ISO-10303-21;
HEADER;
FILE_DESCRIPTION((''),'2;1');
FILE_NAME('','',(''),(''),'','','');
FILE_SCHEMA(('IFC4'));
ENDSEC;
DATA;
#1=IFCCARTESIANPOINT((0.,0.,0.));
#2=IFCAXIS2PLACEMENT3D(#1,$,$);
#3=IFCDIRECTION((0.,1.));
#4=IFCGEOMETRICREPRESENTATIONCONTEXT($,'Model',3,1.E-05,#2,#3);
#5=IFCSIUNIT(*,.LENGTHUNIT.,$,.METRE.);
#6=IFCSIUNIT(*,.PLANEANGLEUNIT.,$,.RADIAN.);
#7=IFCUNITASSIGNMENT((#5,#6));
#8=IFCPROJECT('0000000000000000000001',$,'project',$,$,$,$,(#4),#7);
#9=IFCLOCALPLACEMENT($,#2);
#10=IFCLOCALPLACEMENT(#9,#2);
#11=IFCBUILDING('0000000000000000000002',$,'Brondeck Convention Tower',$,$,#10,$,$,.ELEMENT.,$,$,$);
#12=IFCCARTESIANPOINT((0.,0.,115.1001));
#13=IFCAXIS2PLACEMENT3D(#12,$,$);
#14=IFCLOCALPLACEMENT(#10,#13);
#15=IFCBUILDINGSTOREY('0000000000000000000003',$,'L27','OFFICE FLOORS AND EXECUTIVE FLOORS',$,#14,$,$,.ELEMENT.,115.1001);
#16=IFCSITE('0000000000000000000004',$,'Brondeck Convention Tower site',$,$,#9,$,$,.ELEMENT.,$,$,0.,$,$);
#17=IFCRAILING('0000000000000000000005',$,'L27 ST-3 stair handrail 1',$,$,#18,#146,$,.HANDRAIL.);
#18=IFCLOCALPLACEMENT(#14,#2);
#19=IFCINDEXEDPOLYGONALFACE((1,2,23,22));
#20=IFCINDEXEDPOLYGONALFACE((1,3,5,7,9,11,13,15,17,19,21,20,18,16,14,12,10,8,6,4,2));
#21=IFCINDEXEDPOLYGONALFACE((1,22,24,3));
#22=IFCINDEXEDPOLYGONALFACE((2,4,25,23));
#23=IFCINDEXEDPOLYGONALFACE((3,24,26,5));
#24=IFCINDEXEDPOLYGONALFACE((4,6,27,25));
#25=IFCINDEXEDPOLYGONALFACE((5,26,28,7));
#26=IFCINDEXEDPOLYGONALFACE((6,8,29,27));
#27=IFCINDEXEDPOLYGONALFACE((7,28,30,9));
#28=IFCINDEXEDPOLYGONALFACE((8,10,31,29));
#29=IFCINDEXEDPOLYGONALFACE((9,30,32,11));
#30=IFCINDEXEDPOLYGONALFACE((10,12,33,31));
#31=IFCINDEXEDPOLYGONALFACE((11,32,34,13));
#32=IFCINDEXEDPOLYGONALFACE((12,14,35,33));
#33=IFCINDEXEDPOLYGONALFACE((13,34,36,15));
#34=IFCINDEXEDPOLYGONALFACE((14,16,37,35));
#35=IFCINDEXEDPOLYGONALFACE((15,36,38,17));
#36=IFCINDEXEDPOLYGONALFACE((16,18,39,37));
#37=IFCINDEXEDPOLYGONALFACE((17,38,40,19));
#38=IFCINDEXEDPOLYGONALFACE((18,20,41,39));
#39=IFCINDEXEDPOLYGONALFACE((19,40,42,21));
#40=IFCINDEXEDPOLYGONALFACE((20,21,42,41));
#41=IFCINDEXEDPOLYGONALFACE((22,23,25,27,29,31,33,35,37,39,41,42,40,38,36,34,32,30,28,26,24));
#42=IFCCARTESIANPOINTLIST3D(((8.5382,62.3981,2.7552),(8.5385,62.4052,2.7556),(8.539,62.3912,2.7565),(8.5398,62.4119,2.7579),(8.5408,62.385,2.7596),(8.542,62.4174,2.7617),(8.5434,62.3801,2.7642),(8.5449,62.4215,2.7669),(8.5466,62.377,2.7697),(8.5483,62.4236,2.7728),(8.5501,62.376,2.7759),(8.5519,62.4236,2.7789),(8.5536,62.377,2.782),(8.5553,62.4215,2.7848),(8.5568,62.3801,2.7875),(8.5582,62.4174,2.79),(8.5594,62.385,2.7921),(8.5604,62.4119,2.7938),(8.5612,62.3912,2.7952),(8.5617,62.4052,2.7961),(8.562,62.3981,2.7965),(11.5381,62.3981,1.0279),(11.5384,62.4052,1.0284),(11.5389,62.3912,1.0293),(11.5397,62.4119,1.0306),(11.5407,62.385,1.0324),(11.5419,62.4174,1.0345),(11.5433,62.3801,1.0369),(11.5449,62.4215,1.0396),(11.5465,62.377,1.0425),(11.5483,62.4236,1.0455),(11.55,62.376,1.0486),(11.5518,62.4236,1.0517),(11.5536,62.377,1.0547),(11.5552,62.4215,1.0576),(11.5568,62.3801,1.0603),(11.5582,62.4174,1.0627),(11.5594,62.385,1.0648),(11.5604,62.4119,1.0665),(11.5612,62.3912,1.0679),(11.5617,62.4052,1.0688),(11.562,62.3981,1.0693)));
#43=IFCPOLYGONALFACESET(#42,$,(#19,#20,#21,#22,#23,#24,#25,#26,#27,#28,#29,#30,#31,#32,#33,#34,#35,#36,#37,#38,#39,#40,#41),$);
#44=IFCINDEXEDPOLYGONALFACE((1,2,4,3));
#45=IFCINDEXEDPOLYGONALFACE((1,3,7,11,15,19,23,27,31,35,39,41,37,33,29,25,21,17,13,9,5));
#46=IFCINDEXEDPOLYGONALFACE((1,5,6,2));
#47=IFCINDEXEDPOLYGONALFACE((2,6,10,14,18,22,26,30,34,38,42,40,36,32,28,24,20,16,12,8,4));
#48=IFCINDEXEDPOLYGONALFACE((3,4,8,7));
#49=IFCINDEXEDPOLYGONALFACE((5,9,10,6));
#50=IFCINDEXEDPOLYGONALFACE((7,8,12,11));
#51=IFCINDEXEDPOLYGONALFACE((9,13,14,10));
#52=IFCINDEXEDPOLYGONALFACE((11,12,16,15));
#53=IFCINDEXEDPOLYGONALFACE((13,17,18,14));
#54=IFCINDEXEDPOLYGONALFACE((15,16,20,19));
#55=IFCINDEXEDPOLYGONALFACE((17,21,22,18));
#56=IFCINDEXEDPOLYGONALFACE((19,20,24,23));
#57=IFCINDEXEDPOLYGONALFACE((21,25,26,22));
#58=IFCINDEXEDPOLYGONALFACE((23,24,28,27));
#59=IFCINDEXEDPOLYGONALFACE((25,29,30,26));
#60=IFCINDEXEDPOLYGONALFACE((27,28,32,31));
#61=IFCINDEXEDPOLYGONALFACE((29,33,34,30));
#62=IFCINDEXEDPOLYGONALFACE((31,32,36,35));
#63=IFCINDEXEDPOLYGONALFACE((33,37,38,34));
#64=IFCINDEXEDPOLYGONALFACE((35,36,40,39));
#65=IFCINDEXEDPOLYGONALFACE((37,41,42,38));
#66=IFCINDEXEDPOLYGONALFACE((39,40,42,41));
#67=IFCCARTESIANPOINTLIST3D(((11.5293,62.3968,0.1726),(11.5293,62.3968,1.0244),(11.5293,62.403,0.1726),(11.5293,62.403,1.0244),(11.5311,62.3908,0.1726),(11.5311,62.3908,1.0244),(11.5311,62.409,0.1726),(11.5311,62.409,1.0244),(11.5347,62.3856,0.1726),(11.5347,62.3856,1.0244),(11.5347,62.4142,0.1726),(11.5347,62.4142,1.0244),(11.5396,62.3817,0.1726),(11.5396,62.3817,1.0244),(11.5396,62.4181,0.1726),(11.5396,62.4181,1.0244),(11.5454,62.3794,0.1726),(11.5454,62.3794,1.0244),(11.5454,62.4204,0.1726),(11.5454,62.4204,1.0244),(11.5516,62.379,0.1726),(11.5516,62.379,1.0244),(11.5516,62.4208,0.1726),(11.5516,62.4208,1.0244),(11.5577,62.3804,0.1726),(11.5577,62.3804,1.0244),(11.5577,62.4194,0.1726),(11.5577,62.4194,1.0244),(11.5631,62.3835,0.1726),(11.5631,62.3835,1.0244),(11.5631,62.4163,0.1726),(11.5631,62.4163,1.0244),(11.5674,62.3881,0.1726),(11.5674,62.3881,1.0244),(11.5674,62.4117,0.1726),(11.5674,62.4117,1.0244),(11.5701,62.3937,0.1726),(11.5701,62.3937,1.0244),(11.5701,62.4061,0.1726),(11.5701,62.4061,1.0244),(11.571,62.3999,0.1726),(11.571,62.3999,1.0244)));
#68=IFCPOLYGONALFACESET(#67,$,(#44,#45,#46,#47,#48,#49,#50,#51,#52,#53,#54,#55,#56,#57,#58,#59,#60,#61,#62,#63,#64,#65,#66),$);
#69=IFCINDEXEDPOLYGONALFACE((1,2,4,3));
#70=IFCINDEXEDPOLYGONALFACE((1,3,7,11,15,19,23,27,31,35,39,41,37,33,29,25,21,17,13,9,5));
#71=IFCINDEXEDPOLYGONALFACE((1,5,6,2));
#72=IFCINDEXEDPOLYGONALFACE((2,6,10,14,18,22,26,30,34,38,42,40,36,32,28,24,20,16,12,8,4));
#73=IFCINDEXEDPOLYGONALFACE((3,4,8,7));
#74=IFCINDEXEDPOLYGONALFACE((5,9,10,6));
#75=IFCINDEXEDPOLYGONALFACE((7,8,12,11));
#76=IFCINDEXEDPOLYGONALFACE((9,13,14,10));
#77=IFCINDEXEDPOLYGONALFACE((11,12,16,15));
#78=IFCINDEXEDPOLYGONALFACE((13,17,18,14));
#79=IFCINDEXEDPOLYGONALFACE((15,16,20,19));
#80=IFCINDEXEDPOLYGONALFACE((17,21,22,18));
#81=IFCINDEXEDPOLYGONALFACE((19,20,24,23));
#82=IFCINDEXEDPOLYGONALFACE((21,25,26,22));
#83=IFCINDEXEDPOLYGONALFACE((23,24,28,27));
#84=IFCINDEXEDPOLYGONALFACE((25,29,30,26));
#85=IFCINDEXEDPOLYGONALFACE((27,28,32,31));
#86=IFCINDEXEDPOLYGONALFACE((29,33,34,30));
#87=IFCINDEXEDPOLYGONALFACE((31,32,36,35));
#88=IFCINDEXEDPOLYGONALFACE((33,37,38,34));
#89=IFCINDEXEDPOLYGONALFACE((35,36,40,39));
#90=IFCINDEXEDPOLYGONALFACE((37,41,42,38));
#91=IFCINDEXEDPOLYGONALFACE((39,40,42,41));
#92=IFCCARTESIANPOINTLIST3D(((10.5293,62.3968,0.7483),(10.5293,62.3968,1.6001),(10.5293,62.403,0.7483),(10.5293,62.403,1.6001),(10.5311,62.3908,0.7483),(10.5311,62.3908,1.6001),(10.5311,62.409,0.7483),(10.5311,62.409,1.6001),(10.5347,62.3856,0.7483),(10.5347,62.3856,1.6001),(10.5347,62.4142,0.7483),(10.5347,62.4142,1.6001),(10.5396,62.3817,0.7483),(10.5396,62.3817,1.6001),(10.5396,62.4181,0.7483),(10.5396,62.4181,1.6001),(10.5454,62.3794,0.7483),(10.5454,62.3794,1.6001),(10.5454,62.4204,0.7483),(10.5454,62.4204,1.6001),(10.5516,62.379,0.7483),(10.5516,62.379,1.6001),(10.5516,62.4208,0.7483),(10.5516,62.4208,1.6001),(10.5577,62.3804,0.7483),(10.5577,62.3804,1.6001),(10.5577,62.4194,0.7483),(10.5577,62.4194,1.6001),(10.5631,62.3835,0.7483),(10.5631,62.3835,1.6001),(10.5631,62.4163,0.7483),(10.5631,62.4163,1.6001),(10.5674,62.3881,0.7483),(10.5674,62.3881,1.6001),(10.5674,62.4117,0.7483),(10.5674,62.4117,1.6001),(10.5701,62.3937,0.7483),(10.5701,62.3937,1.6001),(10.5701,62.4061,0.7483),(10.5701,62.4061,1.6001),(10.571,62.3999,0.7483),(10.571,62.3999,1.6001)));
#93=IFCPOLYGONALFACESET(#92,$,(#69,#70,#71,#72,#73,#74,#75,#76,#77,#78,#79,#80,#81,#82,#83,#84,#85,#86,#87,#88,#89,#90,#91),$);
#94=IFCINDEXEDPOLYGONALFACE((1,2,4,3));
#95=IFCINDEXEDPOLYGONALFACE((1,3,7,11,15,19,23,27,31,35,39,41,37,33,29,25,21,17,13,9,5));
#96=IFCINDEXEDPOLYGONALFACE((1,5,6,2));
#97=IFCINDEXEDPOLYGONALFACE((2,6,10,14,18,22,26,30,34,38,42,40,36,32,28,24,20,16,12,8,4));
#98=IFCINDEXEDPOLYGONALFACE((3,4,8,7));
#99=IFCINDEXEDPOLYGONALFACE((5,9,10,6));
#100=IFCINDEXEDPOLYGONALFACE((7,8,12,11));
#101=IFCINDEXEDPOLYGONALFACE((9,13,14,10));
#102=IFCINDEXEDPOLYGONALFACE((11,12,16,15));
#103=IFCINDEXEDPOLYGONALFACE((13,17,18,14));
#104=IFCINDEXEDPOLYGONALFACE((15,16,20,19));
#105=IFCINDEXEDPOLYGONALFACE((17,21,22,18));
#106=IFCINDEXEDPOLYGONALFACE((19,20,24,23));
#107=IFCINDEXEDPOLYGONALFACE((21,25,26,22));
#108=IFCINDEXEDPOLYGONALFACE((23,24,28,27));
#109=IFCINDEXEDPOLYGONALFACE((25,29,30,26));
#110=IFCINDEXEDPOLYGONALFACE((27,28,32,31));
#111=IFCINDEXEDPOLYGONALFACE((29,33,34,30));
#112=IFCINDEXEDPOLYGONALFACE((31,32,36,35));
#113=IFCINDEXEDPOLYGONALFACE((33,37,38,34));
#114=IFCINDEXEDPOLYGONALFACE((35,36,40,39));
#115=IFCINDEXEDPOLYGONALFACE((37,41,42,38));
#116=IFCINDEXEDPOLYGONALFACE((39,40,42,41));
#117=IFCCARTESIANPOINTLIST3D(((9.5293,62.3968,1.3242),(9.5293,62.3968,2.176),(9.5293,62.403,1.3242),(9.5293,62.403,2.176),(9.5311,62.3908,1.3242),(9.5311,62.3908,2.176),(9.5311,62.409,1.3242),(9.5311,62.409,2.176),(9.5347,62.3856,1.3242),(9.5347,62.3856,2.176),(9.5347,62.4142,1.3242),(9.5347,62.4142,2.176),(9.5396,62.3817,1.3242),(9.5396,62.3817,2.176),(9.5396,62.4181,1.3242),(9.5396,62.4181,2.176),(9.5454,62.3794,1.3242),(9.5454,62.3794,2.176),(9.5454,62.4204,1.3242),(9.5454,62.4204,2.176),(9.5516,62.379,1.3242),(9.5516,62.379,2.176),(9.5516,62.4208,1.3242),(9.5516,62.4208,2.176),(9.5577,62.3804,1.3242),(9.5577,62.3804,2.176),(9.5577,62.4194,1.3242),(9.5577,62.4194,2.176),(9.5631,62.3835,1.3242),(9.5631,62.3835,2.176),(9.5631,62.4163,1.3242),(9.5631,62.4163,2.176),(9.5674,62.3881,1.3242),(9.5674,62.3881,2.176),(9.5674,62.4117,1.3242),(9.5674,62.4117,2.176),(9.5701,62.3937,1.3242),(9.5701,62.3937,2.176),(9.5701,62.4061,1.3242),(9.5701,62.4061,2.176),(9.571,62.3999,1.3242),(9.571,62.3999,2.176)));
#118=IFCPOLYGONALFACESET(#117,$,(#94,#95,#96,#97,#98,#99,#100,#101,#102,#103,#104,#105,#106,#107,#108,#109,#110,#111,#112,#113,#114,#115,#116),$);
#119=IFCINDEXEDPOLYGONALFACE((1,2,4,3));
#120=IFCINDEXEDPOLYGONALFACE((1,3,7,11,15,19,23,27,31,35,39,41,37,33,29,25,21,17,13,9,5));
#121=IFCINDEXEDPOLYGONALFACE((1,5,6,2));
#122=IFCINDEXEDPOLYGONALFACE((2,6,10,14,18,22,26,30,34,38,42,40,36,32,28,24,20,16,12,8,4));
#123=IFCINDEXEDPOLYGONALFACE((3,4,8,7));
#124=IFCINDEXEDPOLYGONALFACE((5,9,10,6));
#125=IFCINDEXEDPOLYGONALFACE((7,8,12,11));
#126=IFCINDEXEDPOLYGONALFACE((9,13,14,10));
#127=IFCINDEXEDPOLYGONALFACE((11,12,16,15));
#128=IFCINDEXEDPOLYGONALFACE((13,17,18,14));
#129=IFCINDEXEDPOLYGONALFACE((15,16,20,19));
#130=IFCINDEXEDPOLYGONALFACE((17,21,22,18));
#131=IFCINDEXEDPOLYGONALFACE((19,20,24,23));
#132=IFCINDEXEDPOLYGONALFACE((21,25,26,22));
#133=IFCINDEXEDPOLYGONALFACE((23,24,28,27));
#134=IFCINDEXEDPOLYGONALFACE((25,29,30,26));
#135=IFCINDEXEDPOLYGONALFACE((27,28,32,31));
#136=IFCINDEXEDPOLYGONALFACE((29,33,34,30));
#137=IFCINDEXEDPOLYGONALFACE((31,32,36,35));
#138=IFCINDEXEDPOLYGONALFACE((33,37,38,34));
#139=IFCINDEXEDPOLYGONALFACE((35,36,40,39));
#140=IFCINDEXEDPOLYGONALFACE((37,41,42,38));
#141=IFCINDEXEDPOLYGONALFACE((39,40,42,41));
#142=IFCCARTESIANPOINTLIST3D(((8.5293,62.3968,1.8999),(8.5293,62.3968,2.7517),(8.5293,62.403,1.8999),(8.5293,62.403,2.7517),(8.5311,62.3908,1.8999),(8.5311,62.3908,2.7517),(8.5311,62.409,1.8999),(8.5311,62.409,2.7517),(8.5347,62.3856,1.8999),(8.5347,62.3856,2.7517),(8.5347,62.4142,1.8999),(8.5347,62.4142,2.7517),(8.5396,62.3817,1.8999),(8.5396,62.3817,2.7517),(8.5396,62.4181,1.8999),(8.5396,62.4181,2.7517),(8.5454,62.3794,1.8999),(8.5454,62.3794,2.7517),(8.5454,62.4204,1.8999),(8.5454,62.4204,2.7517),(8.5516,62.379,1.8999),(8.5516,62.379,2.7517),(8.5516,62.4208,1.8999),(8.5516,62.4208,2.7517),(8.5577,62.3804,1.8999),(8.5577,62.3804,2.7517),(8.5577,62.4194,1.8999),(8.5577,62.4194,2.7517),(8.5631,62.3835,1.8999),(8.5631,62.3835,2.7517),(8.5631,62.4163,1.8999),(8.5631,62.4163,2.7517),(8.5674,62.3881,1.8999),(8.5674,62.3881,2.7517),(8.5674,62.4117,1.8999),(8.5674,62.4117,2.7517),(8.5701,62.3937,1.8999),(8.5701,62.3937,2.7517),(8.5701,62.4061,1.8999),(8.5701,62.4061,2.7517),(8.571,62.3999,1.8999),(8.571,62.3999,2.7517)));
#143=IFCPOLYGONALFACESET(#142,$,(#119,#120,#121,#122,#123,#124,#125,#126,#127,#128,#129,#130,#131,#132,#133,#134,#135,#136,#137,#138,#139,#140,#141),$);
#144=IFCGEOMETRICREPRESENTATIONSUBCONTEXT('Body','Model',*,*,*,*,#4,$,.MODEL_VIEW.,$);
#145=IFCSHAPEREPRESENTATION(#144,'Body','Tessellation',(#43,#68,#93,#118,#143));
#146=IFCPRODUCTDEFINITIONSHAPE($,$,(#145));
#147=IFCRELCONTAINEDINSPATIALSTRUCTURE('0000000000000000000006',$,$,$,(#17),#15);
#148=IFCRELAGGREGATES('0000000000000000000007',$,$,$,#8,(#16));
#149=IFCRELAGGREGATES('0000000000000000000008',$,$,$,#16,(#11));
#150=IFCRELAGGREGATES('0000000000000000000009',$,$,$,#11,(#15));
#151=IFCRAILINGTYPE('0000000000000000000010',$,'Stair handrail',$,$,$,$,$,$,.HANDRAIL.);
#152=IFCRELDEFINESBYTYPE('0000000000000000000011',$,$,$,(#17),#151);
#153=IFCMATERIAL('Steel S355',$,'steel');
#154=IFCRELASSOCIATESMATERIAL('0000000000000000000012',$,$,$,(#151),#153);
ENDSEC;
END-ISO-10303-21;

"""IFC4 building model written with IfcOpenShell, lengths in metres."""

from ifc_helpers import new_model, si_unit, direction, frame, origin, origin_2d, place, context, subcontext, project, spatial, circle, extrude, material, type_object, element, save


model = new_model("IFC4")

# Units and contexts
model_context = context("Model", 3, precision=1e-05, world=origin(), true_north=direction((0.0, 1.0)))
body_context = subcontext(model_context, "Body", "Model", "MODEL_VIEW")
ifc_project = project(units=[si_unit("LENGTHUNIT", "METRE"), si_unit("PLANEANGLEUNIT", "RADIAN")], contexts=[model_context])

# Site, building, storey
site_placement = place(None, origin())
site = spatial("IfcSite", under=ifc_project, at=site_placement, Name="Brondeck Convention Tower site", CompositionType="ELEMENT", RefElevation=0.0)
building_placement = place(site_placement, origin())
building = spatial("IfcBuilding", under=site, at=building_placement, Name="Brondeck Convention Tower", CompositionType="ELEMENT")
storey_placement = place(building_placement, frame((0.0, 0.0, 115.1001)))
storey = spatial("IfcBuildingStorey", under=building, at=storey_placement, Name="L27", Description="OFFICE FLOORS AND EXECUTIVE FLOORS", CompositionType="ELEMENT", Elevation=115.1001)

# Railing
ifc_material_1 = material(Name="Steel S355", Category="steel")
railing_type_1 = type_object("IfcRailingType", Name="Stair handrail", PredefinedType="HANDRAIL", material=ifc_material_1)
railing_1_placement = place(storey_placement, frame((11.55, 62.3999, 0.1726)))
element("IfcRailing", 1, at=railing_1_placement, inside=storey, type_object=railing_type_1, Name="L27 ST-3 stair handrail 1", PredefinedType="HANDRAIL", context=body_context, shape_type="SweptSolid", body=[
    extrude(circle(Radius=0.0239, at=origin_2d()), frame((0.0, 0.0, 0.876), z_axis=(-0.86662, 0.0, 0.498969), x_axis=(0.0, -1.0, 0.0)), (0.0, 0.0, 1.0), 3.4617),
    extrude(circle(Radius=0.021, at=origin_2d()), origin(), (0.0, 0.0, 1.0), 0.8518),
    extrude(circle(Radius=0.021, at=origin_2d()), frame((-1.0, 0.0, 0.5757)), (0.0, 0.0, 1.0), 0.8518),
    extrude(circle(Radius=0.021, at=origin_2d()), frame((-2.0, 0.0, 1.1516)), (0.0, 0.0, 1.0), 0.8518),
    extrude(circle(Radius=0.021, at=origin_2d()), frame((-3.0, 0.0, 1.7273)), (0.0, 0.0, 1.0), 0.8518),
])

save(model, "model.ifc")
